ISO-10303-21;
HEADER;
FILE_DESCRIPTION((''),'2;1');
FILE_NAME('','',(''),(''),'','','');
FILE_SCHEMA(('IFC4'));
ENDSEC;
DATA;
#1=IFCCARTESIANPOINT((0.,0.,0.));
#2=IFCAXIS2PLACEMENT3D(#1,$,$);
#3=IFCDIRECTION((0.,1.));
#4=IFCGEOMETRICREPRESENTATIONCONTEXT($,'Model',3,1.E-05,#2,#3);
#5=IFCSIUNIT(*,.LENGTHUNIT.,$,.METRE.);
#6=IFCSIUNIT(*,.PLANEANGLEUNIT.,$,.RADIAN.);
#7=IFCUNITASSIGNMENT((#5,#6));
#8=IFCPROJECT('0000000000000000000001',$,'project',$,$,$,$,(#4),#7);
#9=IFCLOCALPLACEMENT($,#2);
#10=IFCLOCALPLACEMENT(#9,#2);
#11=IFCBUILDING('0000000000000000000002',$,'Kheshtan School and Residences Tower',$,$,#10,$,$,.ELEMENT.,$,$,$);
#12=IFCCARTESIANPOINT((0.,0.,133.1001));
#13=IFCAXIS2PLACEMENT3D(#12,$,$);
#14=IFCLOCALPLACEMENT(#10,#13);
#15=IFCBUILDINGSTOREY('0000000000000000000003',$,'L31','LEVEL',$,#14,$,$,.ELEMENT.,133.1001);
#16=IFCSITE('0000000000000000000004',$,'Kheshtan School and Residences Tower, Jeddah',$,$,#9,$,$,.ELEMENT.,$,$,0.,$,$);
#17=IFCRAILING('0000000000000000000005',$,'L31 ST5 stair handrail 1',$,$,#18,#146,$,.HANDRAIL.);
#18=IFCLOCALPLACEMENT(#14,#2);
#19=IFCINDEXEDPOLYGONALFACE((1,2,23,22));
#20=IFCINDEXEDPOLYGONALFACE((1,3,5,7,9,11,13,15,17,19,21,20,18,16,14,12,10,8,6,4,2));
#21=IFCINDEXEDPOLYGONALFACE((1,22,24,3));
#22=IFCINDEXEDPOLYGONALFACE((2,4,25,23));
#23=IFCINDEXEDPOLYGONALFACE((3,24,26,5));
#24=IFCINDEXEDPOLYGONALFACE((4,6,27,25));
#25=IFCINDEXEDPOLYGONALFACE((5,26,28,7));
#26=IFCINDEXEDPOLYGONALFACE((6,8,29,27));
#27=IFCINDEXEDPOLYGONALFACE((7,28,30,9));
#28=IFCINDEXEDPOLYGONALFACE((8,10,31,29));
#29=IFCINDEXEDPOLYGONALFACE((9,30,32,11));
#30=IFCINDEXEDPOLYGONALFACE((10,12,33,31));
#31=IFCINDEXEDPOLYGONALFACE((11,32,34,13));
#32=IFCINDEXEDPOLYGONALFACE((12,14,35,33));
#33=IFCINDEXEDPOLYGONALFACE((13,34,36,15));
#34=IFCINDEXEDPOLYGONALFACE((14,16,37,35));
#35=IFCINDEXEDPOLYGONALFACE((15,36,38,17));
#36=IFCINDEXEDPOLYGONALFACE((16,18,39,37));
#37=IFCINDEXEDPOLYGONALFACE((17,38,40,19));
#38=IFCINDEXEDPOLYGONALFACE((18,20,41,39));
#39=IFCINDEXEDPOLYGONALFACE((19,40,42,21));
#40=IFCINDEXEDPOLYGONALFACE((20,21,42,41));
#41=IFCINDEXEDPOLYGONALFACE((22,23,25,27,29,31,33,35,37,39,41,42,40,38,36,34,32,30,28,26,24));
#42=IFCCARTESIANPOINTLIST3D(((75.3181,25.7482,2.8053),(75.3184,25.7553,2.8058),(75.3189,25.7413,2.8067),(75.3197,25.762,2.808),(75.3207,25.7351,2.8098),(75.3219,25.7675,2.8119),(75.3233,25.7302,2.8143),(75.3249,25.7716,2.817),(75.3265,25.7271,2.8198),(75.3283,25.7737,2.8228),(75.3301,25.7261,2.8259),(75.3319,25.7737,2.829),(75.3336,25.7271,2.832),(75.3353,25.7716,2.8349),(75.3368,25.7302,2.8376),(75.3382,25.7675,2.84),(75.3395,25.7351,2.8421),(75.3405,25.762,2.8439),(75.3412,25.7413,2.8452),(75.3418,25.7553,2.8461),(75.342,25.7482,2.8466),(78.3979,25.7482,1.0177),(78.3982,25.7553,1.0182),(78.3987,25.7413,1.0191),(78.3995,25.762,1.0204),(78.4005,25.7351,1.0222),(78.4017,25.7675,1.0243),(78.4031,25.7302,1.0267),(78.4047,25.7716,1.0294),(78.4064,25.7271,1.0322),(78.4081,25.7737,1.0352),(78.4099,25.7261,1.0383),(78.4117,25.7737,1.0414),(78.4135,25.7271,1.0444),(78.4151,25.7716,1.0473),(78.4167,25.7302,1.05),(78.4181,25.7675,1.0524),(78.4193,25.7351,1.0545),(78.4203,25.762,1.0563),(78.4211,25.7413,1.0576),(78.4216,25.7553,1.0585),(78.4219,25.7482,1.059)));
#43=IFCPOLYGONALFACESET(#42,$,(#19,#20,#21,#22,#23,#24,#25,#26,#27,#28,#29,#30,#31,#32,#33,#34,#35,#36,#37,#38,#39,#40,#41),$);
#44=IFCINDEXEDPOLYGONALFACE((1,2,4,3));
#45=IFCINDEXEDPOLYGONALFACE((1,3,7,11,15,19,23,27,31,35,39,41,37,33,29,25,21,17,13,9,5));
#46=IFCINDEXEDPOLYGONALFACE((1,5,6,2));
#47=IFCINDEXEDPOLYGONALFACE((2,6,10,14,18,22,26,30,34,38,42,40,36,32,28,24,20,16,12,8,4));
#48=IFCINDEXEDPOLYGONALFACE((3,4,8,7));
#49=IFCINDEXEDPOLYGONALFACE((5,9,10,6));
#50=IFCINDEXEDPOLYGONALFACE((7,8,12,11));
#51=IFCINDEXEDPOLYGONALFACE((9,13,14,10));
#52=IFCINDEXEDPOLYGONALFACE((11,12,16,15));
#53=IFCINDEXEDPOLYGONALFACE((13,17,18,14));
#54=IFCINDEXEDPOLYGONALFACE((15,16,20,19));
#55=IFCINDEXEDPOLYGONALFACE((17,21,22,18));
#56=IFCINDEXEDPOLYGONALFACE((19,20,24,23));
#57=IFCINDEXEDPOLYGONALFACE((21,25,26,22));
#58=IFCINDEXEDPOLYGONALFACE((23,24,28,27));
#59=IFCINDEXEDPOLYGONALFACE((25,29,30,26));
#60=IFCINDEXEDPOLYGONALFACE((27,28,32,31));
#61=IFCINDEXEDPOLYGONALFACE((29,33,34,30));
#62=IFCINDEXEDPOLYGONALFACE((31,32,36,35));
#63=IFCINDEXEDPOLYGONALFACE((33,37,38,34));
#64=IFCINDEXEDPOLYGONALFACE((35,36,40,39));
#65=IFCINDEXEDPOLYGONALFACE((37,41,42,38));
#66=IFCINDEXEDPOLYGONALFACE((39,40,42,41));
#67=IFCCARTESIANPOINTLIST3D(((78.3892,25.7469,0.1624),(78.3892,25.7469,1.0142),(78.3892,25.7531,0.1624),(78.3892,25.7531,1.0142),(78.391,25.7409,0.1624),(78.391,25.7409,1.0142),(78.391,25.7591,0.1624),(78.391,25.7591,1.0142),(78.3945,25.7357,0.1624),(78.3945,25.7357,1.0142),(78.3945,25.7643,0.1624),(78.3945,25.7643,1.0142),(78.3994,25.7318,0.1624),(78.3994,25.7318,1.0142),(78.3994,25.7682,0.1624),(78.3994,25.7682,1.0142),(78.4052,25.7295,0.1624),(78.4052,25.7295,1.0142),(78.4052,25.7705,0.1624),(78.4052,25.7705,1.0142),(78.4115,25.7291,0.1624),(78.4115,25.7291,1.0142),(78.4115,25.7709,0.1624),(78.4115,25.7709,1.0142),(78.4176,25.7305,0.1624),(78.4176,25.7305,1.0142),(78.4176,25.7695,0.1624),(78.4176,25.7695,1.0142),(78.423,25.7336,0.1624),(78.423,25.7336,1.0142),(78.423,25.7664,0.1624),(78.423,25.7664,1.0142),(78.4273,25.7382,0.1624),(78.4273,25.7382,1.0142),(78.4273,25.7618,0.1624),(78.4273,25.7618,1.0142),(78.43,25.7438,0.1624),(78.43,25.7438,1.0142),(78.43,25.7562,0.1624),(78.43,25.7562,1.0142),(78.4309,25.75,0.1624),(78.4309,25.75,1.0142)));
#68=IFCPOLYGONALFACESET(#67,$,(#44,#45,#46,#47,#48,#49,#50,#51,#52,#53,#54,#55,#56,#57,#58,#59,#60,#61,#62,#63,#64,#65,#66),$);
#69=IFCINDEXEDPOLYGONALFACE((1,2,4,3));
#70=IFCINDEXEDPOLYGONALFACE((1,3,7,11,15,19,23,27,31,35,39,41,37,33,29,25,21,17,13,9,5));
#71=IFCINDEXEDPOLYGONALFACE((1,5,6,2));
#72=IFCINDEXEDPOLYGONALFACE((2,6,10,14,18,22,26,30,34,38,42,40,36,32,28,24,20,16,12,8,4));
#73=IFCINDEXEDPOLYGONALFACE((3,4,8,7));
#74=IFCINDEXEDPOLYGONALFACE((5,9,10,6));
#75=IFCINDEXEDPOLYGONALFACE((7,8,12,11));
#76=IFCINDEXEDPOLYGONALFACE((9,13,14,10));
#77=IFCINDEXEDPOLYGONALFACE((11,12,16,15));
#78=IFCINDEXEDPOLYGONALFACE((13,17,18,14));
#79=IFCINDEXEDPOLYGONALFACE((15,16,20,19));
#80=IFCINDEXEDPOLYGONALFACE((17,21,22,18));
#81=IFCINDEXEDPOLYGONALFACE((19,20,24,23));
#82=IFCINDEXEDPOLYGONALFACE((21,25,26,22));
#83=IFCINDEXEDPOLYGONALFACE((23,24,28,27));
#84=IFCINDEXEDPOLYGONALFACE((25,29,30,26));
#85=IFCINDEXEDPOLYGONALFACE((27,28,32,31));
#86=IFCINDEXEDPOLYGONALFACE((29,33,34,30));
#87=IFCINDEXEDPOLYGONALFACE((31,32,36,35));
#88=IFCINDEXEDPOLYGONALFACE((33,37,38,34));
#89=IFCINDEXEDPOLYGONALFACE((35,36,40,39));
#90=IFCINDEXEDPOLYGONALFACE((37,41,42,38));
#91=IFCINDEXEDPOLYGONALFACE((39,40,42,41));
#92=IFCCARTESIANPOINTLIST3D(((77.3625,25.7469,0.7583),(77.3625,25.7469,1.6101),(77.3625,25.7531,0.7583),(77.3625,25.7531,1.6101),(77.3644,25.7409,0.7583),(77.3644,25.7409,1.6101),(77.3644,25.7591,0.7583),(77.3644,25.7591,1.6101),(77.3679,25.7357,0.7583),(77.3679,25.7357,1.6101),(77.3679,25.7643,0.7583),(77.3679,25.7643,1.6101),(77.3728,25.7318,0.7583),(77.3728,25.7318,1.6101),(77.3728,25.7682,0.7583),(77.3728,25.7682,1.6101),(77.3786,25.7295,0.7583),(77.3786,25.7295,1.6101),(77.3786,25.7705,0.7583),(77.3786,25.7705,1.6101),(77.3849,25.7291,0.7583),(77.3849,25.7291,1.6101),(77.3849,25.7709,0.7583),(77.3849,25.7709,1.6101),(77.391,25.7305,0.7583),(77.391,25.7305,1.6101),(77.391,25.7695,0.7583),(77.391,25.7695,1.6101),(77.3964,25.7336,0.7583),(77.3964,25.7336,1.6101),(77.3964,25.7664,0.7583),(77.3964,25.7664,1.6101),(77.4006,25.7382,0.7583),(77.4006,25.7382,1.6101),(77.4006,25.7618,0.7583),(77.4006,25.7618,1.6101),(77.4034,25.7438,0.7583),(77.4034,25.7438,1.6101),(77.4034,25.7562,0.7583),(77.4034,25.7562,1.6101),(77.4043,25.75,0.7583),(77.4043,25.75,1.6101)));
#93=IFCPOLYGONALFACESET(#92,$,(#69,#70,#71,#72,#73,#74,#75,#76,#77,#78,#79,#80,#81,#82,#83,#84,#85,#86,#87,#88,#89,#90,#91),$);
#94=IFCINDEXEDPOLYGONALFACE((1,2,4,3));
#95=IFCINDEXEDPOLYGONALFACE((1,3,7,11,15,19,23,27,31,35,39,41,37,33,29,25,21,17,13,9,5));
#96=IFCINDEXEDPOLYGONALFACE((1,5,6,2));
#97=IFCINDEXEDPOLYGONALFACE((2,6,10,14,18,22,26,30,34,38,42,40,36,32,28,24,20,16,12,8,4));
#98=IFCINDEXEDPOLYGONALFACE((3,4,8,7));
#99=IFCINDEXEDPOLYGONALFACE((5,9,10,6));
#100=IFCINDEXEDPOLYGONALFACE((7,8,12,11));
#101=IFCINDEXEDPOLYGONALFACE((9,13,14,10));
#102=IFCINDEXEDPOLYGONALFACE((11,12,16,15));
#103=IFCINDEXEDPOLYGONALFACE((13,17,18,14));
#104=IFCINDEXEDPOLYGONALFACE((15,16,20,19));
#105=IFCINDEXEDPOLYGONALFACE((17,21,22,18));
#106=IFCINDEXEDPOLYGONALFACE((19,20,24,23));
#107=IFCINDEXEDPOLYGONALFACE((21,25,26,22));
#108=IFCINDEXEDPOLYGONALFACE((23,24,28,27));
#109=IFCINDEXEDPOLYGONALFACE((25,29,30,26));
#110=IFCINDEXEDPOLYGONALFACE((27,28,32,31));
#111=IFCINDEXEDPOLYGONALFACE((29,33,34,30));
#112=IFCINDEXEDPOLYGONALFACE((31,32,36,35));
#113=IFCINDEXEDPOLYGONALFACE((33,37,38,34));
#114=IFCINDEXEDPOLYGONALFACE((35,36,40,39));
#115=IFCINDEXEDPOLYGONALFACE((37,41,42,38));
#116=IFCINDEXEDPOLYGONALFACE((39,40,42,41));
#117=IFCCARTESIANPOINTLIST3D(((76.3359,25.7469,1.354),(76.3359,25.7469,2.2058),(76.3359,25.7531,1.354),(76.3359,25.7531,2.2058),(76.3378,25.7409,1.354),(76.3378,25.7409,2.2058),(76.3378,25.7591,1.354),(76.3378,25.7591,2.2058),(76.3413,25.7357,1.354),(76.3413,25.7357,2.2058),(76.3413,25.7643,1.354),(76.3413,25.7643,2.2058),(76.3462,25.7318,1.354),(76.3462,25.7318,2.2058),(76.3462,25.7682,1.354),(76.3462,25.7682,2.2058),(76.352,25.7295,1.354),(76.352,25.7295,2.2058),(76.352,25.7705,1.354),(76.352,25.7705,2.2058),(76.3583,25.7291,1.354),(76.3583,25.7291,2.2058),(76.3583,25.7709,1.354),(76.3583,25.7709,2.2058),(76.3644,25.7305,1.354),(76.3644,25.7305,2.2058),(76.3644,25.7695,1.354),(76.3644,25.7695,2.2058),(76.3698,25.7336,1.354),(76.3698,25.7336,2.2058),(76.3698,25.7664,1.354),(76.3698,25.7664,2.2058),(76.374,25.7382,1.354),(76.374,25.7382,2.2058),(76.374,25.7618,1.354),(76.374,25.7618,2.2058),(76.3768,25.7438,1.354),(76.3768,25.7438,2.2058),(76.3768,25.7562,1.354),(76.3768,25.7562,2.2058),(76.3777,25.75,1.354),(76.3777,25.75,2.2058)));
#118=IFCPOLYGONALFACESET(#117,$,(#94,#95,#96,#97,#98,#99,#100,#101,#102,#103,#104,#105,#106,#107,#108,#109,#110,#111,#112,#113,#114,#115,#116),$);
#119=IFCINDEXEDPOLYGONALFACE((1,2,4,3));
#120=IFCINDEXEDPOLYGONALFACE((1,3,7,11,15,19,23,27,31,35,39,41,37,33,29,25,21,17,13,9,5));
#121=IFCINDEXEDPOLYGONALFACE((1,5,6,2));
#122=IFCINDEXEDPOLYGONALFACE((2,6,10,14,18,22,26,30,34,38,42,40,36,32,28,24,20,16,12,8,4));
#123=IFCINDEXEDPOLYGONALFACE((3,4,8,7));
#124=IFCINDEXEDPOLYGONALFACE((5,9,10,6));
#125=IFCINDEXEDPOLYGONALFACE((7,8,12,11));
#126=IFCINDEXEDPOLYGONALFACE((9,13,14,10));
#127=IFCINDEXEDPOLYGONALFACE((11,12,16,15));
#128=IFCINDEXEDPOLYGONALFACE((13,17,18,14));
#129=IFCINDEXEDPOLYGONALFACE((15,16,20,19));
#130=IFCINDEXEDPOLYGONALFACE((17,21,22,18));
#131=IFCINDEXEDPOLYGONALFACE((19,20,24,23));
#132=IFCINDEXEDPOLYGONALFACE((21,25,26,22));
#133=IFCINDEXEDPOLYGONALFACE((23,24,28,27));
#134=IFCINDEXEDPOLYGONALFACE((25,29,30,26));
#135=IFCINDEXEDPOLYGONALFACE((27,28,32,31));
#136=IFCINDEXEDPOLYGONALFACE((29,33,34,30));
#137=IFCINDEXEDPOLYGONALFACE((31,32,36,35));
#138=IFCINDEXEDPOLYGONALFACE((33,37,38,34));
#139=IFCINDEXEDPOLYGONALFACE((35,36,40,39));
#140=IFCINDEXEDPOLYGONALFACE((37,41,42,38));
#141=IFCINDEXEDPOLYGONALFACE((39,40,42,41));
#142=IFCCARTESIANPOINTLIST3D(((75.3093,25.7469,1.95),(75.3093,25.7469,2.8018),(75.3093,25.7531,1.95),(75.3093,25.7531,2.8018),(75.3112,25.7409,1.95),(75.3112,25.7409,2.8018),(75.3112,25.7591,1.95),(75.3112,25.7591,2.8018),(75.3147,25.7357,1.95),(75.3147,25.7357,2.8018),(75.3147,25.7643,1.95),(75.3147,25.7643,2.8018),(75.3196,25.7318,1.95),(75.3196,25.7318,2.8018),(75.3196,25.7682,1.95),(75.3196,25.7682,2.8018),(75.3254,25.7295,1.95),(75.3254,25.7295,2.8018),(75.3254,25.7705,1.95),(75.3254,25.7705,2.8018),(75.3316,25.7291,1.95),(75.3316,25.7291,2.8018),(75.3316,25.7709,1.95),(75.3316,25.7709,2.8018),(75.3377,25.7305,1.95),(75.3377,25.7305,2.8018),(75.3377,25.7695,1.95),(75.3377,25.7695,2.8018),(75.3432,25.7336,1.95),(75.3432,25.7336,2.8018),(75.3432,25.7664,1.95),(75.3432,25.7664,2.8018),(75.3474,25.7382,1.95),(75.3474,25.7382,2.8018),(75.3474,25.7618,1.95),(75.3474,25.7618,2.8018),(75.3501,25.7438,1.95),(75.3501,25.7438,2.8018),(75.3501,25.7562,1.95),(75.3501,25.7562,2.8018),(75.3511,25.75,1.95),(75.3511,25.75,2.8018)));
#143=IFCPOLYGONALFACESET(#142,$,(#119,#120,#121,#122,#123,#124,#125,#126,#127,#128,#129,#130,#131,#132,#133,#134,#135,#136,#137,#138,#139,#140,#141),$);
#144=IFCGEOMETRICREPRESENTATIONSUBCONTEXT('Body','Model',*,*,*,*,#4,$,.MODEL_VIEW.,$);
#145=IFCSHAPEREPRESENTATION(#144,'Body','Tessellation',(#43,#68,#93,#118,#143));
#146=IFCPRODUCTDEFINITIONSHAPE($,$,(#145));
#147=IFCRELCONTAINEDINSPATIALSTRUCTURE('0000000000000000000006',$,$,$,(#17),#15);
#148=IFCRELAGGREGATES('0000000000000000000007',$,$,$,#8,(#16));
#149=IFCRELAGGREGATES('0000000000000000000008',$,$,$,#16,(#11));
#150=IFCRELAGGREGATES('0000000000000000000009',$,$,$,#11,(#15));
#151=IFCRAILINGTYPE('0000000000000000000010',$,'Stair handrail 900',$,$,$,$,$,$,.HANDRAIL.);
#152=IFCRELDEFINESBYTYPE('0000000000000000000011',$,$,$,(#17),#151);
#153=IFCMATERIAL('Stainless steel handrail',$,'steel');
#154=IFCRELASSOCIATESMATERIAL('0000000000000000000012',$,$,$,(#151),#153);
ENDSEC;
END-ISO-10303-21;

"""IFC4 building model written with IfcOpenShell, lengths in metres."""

from ifc_helpers import new_model, si_unit, direction, frame, origin, origin_2d, place, context, subcontext, project, spatial, circle, extrude, material, type_object, element, save


model = new_model("IFC4")

# Units and contexts
model_context = context("Model", 3, precision=1e-05, world=origin(), true_north=direction((0.0, 1.0)))
body_context = subcontext(model_context, "Body", "Model", "MODEL_VIEW")
ifc_project = project(units=[si_unit("LENGTHUNIT", "METRE"), si_unit("PLANEANGLEUNIT", "RADIAN")], contexts=[model_context])

# Site, building, storey
site_placement = place(None, origin())
site = spatial("IfcSite", under=ifc_project, at=site_placement, Name="Kheshtan School and Residences Tower, Jeddah", CompositionType="ELEMENT", RefElevation=0.0)
building_placement = place(site_placement, origin())
building = spatial("IfcBuilding", under=site, at=building_placement, Name="Kheshtan School and Residences Tower", CompositionType="ELEMENT")
storey_placement = place(building_placement, frame((0.0, 0.0, 133.1001)))
storey = spatial("IfcBuildingStorey", under=building, at=storey_placement, Name="L31", Description="LEVEL", CompositionType="ELEMENT", Elevation=133.1001)

# Railing
ifc_material_1 = material(Name="Stainless steel handrail", Category="steel")
railing_type_1 = type_object("IfcRailingType", Name="Stair handrail 900", PredefinedType="HANDRAIL", material=ifc_material_1)
railing_1_placement = place(storey_placement, frame((78.4099, 25.75, 0.1624)))
element("IfcRailing", 1, at=railing_1_placement, inside=storey, type_object=railing_type_1, Name="L31 ST5 stair handrail 1", PredefinedType="HANDRAIL", context=body_context, shape_type="SweptSolid", body=[
    extrude(circle(Radius=0.0239, at=origin_2d()), frame((0.0, 0.0, 0.876), z_axis=(-0.864873, 0.0, 0.50199), x_axis=(0.0, -1.0, 0.0)), (0.0, 0.0, 1.0), 3.561),
    extrude(circle(Radius=0.021, at=origin_2d()), origin(), (0.0, 0.0, 1.0), 0.8518),
    extrude(circle(Radius=0.021, at=origin_2d()), frame((-1.0266, 0.0, 0.5959)), (0.0, 0.0, 1.0), 0.8518),
    extrude(circle(Radius=0.021, at=origin_2d()), frame((-2.0532, 0.0, 1.1917)), (0.0, 0.0, 1.0), 0.8518),
    extrude(circle(Radius=0.021, at=origin_2d()), frame((-3.0798, 0.0, 1.7876)), (0.0, 0.0, 1.0), 0.8518),
])

save(model, "model.ifc")
